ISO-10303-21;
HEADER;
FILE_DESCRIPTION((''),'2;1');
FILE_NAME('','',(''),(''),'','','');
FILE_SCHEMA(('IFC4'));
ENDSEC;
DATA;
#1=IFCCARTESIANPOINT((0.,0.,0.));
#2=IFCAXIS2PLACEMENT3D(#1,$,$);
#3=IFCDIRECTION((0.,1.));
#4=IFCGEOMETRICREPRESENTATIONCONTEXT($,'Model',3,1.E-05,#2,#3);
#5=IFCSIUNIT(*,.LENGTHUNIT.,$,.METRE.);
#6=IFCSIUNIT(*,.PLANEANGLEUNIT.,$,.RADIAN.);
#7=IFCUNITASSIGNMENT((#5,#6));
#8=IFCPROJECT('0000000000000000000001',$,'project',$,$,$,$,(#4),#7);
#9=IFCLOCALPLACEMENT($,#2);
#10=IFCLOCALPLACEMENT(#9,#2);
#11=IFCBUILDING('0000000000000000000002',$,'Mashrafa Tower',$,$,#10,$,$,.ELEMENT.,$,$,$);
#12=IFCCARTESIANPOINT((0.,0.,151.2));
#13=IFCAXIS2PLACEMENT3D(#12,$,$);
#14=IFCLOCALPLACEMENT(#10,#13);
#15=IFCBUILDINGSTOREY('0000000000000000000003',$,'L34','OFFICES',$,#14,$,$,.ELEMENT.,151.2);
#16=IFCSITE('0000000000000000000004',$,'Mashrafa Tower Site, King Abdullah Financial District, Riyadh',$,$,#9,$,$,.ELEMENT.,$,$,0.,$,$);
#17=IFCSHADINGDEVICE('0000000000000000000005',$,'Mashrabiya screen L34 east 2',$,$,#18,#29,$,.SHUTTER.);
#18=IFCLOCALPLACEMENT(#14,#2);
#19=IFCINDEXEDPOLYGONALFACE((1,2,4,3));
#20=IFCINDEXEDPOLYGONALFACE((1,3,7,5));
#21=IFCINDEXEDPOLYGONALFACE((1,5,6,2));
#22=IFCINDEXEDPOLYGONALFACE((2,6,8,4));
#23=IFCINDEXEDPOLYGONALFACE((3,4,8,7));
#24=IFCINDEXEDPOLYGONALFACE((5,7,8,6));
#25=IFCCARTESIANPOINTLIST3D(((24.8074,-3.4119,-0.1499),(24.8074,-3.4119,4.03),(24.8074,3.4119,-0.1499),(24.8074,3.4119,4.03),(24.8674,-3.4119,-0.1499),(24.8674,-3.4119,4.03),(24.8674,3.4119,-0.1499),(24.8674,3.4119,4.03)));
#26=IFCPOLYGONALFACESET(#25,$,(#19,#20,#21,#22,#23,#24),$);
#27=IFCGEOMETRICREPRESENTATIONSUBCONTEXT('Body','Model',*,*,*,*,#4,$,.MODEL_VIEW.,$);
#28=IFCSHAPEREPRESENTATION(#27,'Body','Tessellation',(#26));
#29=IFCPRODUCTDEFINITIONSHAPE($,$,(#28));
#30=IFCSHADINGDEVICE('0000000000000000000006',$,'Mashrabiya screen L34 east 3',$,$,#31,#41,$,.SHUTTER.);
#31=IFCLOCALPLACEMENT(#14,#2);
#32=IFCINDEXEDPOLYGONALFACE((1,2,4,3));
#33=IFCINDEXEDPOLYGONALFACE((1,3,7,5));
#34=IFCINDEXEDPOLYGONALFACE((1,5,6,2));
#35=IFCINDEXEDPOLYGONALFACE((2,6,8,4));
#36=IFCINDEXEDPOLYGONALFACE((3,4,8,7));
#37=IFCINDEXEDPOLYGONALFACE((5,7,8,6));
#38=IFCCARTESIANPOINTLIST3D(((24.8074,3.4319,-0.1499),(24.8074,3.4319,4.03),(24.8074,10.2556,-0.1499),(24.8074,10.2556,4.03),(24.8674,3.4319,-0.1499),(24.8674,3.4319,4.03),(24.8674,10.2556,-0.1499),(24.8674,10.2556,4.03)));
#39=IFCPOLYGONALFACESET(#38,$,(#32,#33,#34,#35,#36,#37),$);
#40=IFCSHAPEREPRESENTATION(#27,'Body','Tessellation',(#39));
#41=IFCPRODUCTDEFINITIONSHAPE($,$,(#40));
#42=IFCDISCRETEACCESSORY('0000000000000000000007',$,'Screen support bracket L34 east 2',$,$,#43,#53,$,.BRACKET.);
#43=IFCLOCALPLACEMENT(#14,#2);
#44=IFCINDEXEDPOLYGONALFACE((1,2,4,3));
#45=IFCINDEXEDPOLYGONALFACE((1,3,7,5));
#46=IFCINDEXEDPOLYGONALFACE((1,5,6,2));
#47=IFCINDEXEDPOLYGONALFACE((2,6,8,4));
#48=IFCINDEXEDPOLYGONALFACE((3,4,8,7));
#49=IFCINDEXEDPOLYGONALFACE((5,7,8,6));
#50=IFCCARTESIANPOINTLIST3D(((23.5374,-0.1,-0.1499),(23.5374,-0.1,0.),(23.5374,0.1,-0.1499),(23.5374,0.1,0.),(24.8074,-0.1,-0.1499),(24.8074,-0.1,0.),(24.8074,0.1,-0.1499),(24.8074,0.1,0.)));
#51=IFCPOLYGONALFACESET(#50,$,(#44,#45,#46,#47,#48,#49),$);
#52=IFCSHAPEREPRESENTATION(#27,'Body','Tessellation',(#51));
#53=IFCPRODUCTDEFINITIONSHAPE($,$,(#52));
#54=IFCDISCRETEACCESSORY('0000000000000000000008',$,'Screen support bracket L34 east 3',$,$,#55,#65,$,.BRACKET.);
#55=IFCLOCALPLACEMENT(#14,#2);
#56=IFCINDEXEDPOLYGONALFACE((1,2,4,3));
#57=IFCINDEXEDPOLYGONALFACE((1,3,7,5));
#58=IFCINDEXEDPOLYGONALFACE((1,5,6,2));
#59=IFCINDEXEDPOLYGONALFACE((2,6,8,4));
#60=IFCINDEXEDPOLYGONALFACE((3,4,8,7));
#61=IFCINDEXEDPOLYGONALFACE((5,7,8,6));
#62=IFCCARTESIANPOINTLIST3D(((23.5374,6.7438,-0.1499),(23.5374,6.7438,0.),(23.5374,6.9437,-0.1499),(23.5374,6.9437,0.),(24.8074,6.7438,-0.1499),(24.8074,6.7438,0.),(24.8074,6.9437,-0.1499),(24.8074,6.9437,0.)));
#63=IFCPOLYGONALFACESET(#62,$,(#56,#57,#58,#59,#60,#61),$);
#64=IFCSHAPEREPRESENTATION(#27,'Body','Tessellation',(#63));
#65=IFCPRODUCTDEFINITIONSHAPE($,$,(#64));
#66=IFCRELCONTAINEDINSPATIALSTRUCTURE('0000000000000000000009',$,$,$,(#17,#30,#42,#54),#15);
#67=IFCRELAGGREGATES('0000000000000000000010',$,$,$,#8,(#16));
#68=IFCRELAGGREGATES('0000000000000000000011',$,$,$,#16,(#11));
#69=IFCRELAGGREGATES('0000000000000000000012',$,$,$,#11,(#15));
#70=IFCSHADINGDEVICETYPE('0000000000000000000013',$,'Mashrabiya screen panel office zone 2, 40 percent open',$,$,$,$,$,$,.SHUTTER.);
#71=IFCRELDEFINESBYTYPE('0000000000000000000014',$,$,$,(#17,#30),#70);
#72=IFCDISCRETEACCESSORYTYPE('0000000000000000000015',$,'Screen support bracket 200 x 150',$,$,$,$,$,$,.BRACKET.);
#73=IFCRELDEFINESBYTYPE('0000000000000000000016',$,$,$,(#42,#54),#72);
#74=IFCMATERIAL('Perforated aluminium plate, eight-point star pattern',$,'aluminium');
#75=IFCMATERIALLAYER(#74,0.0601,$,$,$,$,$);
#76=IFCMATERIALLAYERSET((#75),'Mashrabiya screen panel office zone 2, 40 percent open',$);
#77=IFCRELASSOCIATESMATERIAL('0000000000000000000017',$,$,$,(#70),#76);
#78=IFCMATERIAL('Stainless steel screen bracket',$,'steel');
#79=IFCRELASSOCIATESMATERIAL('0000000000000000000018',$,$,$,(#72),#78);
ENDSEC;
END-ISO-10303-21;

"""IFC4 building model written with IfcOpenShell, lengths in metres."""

from ifc_helpers import new_model, si_unit, direction, frame, origin, origin_2d, place, context, subcontext, project, spatial, rectangle, extrude, source, transform, mapped, material, layer, layer_set, type_object, type_shapes, element, save


model = new_model("IFC4")

# Units and contexts
model_context = context("Model", 3, precision=1e-05, world=origin(), true_north=direction((0.0, 1.0)))
body_context = subcontext(model_context, "Body", "Model", "MODEL_VIEW")
ifc_project = project(units=[si_unit("LENGTHUNIT", "METRE"), si_unit("PLANEANGLEUNIT", "RADIAN")], contexts=[model_context])

# Site, building, storey
site_placement = place(None, origin())
site = spatial("IfcSite", under=ifc_project, at=site_placement, Name="Mashrafa Tower Site, King Abdullah Financial District, Riyadh", CompositionType="ELEMENT", RefElevation=0.0)
building_placement = place(site_placement, origin())
building = spatial("IfcBuilding", under=site, at=building_placement, Name="Mashrafa Tower", CompositionType="ELEMENT")
storey_placement = place(building_placement, frame((0.0, 0.0, 151.2)))
storey = spatial("IfcBuildingStorey", under=building, at=storey_placement, Name="L34", Description="OFFICES", CompositionType="ELEMENT", Elevation=151.2)

# Shading devices
ifc_material_1 = material(Name="Perforated aluminium plate, eight-point star pattern", Category="aluminium")
ifc_layer_1 = layer(ifc_material_1, 0.0601)
ifc_layer_set_1 = layer_set([ifc_layer_1], Name="Mashrabiya screen panel office zone 2, 40 percent open")
shading_device_type = type_object("IfcShadingDeviceType", Name="Mashrabiya screen panel office zone 2, 40 percent open", PredefinedType="SHUTTER", material=ifc_layer_set_1)
shared_shape_1 = source(origin(), body_context, "Body", "SweptSolid", [
    extrude(rectangle(XDim=6.8237, YDim=0.0601, at=origin_2d()), origin(), (0.0, 0.0, 1.0), 4.1799),
])
type_shapes(shading_device_type, [shared_shape_1])
for number, where, z_axis, x_axis, name in (
    (1, (24.8374, 0.0, -0.1499), (0.0, 0.0, 1.0), (0.0, 1.0, 0.0), "Mashrabiya screen L34 east 2"),
    (2, (24.8374, 6.8438, -0.1499), (0.0, 0.0, 1.0), (0.0, 1.0, 0.0), "Mashrabiya screen L34 east 3"),
):
    element("IfcShadingDevice", number, at=place(storey_placement, frame(where, z_axis=z_axis, x_axis=x_axis)), inside=storey, type_object=shading_device_type, Name=name, PredefinedType="SHUTTER", context=body_context, shape_type="MappedRepresentation", body=[
        mapped(shared_shape_1, transform((0.0, 0.0, 0.0))),
    ])

# Discrete accessories
ifc_material_2 = material(Name="Stainless steel screen bracket", Category="steel")
discrete_accessory_type = type_object("IfcDiscreteAccessoryType", Name="Screen support bracket 200 x 150", PredefinedType="BRACKET", material=ifc_material_2)
shared_shape_2 = source(origin(), body_context, "Body", "SweptSolid", [
    extrude(rectangle(XDim=0.2, YDim=1.27, at=origin_2d()), origin(), (0.0, 0.0, 1.0), 0.1499),
])
type_shapes(discrete_accessory_type, [shared_shape_2])
for number, where, z_axis, x_axis, name in (
    (3, (24.1724, 0.0, -0.1499), (0.0, 0.0, 1.0), (0.0, 1.0, 0.0), "Screen support bracket L34 east 2"),
    (4, (24.1724, 6.8438, -0.1499), (0.0, 0.0, 1.0), (0.0, 1.0, 0.0), "Screen support bracket L34 east 3"),
):
    element("IfcDiscreteAccessory", number, at=place(storey_placement, frame(where, z_axis=z_axis, x_axis=x_axis)), inside=storey, type_object=discrete_accessory_type, Name=name, PredefinedType="BRACKET", context=body_context, shape_type="MappedRepresentation", body=[
        mapped(shared_shape_2, transform((0.0, 0.0, 0.0))),
    ])

save(model, "model.ifc")
